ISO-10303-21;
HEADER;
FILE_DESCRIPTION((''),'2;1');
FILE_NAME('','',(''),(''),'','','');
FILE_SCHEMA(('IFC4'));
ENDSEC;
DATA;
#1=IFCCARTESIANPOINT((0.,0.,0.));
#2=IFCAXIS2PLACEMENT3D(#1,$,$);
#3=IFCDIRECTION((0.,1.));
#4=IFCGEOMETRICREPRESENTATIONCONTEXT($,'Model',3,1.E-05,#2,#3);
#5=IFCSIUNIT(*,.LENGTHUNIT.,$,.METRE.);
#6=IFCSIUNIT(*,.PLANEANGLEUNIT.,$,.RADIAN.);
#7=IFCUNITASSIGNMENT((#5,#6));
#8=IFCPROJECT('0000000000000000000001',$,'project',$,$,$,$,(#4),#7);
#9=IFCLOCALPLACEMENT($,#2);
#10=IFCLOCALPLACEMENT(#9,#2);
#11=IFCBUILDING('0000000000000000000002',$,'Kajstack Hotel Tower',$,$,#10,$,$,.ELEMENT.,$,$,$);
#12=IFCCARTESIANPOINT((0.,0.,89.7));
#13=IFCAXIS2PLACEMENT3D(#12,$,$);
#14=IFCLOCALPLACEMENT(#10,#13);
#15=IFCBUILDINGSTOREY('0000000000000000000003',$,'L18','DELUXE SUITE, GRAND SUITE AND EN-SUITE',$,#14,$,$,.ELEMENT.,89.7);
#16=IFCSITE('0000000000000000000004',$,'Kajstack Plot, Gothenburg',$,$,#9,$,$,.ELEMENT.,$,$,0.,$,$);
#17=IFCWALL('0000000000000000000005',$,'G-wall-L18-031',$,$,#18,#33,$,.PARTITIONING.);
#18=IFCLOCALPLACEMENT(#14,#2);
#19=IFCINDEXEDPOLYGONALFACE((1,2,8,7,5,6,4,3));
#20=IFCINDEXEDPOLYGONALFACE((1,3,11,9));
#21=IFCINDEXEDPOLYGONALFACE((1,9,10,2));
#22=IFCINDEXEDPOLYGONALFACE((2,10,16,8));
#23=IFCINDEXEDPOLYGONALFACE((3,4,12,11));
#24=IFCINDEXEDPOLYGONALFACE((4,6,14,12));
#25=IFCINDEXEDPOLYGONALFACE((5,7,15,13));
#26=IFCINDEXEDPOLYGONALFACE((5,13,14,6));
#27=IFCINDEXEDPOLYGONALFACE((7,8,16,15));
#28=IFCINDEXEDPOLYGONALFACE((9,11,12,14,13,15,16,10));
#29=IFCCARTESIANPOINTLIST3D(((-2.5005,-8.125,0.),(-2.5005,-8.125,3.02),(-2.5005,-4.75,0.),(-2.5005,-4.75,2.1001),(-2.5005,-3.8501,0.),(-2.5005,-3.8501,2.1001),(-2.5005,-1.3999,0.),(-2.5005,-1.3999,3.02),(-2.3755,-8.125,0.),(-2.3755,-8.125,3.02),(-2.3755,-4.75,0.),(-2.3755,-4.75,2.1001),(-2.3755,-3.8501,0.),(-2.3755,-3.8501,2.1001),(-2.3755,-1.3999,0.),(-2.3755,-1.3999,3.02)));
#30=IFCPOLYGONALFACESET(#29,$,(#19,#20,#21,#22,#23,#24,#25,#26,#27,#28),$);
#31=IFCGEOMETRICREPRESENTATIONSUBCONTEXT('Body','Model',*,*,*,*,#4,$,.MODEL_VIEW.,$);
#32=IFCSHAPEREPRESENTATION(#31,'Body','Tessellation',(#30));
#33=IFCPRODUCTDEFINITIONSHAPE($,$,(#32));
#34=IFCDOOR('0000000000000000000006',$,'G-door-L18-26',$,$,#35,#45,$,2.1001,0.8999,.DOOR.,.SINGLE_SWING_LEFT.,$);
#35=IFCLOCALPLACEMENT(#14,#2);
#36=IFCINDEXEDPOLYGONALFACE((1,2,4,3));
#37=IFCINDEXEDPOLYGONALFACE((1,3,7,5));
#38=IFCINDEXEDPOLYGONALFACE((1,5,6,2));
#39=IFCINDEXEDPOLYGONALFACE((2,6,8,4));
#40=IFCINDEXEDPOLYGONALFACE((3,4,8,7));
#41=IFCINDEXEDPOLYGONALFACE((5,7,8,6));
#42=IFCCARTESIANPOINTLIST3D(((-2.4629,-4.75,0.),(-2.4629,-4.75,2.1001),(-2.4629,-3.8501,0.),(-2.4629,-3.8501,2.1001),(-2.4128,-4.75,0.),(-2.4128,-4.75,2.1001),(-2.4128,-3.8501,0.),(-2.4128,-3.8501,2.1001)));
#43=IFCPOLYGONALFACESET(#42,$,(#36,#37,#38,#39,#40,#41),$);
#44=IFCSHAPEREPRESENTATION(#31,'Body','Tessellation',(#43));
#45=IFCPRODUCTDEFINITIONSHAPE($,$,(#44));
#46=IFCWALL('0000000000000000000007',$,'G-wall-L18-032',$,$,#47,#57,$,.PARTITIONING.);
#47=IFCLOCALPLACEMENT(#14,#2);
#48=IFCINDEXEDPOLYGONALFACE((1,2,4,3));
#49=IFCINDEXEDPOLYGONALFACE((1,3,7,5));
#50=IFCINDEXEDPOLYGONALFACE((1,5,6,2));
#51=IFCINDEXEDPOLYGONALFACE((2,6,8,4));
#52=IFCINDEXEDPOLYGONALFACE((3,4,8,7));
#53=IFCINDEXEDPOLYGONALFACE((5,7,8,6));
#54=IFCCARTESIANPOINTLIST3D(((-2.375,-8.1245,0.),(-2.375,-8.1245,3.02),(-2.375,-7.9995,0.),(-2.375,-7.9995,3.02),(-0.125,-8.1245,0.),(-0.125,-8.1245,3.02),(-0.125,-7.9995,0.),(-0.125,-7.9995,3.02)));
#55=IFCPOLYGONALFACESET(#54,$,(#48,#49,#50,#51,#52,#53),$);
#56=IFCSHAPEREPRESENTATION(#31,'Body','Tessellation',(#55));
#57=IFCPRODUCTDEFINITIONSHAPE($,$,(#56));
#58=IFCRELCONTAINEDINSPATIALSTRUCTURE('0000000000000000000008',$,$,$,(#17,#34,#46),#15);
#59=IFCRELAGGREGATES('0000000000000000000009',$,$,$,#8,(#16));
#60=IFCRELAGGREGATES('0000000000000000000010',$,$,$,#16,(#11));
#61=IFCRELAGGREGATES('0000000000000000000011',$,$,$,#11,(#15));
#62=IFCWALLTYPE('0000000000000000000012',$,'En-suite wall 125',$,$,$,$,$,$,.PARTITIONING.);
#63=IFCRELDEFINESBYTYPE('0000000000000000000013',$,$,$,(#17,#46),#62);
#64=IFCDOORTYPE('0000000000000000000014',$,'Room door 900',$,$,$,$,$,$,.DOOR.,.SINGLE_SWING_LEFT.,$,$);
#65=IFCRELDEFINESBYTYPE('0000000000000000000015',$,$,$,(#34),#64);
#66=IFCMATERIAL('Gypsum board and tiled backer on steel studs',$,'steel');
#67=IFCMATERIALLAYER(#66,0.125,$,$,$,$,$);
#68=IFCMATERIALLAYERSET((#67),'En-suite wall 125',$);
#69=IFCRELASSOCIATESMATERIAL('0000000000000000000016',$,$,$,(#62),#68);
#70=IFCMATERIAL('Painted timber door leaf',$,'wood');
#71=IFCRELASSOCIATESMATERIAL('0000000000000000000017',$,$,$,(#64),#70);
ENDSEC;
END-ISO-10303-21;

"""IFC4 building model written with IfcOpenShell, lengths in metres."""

from ifc_helpers import new_model, si_unit, direction, frame, frame_2d, origin, place, context, subcontext, project, spatial, rectangle, extrude, material, layer, layer_set, type_object, element, fill, save


model = new_model("IFC4")

# Units and contexts
model_context = context("Model", 3, precision=1e-05, world=origin(), true_north=direction((0.0, 1.0)))
body_context = subcontext(model_context, "Body", "Model", "MODEL_VIEW")
ifc_project = project(units=[si_unit("LENGTHUNIT", "METRE"), si_unit("PLANEANGLEUNIT", "RADIAN")], contexts=[model_context])

# Site, building, storey
site_placement = place(None, origin())
site = spatial("IfcSite", under=ifc_project, at=site_placement, Name="Kajstack Plot, Gothenburg", CompositionType="ELEMENT", RefElevation=0.0)
building_placement = place(site_placement, origin())
building = spatial("IfcBuilding", under=site, at=building_placement, Name="Kajstack Hotel Tower", CompositionType="ELEMENT")
storey_placement = place(building_placement, frame((0.0, 0.0, 89.7)))
storey = spatial("IfcBuildingStorey", under=building, at=storey_placement, Name="L18", Description="DELUXE SUITE, GRAND SUITE AND EN-SUITE", CompositionType="ELEMENT", Elevation=89.7)

# Shared definitions
ifc_material_1 = material(Name="Gypsum board and tiled backer on steel studs", Category="steel")
ifc_layer_1 = layer(ifc_material_1, 0.125)
ifc_layer_set_1 = layer_set([ifc_layer_1], Name="En-suite wall 125")
wall_type = type_object("IfcWallType", Name="En-suite wall 125", PredefinedType="PARTITIONING", material=ifc_layer_set_1)

# Wall, opening, door
wall_1_placement = place(storey_placement, frame((-2.438, -8.125, 0.0), z_axis=(0.0, 0.0, 1.0), x_axis=(0.0, 1.0, 0.0)))
wall_1 = element("IfcWall", 1, at=wall_1_placement, inside=storey, type_object=wall_type, Name="G-wall-L18-031", PredefinedType="PARTITIONING", context=body_context, shape_type="SweptSolid", body=[
    extrude(rectangle(XDim=6.7251, YDim=0.125, at=frame_2d((3.3625, 0.0))), origin(), (0.0, 0.0, 1.0), 3.02),
])
opening_placement = place(wall_1_placement, frame((3.375, 0.0, 0.0)))
opening = element("IfcOpeningElement", 2, at=opening_placement, cuts=wall_1, PredefinedType="OPENING", context=body_context, shape_type="SweptSolid", body=[
    extrude(rectangle(XDim=0.8999, YDim=2.1001, at=frame_2d((0.45, 1.05))), frame((0.0, 0.0725, 0.0), z_axis=(0.0, -1.0, 0.0), x_axis=(1.0, 0.0, 0.0)), (0.0, 0.0, 1.0), 0.145),
])
ifc_material_2 = material(Name="Painted timber door leaf", Category="wood")
door_type = type_object("IfcDoorType", Name="Room door 900", OperationType="SINGLE_SWING_LEFT", PredefinedType="DOOR", material=ifc_material_2)
door_placement = place(opening_placement, origin())
door = element("IfcDoor", 3, at=door_placement, inside=storey, type_object=door_type, Name="G-door-L18-26", OperationType="SINGLE_SWING_LEFT", OverallHeight=2.1001, OverallWidth=0.8999, PredefinedType="DOOR", context=body_context, shape_type="SweptSolid", body=[
    extrude(rectangle(XDim=0.8999, YDim=2.1001, at=frame_2d((0.45, 1.05))), frame((0.0, 0.0249, 0.0), z_axis=(0.0, -1.0, 0.0), x_axis=(1.0, 0.0, 0.0)), (0.0, 0.0, 1.0), 0.05),
])
fill(opening, door)

# Wall
wall_2_placement = place(storey_placement, frame((-2.375, -8.062, 0.0), z_axis=(0.0, 0.0, 1.0), x_axis=(1.0, 0.0, 0.0)))
element("IfcWall", 4, at=wall_2_placement, inside=storey, type_object=wall_type, Name="G-wall-L18-032", PredefinedType="PARTITIONING", context=body_context, shape_type="SweptSolid", body=[
    extrude(rectangle(XDim=2.25, YDim=0.125, at=frame_2d((1.125, 0.0))), origin(), (0.0, 0.0, 1.0), 3.02),
])

save(model, "model.ifc")
